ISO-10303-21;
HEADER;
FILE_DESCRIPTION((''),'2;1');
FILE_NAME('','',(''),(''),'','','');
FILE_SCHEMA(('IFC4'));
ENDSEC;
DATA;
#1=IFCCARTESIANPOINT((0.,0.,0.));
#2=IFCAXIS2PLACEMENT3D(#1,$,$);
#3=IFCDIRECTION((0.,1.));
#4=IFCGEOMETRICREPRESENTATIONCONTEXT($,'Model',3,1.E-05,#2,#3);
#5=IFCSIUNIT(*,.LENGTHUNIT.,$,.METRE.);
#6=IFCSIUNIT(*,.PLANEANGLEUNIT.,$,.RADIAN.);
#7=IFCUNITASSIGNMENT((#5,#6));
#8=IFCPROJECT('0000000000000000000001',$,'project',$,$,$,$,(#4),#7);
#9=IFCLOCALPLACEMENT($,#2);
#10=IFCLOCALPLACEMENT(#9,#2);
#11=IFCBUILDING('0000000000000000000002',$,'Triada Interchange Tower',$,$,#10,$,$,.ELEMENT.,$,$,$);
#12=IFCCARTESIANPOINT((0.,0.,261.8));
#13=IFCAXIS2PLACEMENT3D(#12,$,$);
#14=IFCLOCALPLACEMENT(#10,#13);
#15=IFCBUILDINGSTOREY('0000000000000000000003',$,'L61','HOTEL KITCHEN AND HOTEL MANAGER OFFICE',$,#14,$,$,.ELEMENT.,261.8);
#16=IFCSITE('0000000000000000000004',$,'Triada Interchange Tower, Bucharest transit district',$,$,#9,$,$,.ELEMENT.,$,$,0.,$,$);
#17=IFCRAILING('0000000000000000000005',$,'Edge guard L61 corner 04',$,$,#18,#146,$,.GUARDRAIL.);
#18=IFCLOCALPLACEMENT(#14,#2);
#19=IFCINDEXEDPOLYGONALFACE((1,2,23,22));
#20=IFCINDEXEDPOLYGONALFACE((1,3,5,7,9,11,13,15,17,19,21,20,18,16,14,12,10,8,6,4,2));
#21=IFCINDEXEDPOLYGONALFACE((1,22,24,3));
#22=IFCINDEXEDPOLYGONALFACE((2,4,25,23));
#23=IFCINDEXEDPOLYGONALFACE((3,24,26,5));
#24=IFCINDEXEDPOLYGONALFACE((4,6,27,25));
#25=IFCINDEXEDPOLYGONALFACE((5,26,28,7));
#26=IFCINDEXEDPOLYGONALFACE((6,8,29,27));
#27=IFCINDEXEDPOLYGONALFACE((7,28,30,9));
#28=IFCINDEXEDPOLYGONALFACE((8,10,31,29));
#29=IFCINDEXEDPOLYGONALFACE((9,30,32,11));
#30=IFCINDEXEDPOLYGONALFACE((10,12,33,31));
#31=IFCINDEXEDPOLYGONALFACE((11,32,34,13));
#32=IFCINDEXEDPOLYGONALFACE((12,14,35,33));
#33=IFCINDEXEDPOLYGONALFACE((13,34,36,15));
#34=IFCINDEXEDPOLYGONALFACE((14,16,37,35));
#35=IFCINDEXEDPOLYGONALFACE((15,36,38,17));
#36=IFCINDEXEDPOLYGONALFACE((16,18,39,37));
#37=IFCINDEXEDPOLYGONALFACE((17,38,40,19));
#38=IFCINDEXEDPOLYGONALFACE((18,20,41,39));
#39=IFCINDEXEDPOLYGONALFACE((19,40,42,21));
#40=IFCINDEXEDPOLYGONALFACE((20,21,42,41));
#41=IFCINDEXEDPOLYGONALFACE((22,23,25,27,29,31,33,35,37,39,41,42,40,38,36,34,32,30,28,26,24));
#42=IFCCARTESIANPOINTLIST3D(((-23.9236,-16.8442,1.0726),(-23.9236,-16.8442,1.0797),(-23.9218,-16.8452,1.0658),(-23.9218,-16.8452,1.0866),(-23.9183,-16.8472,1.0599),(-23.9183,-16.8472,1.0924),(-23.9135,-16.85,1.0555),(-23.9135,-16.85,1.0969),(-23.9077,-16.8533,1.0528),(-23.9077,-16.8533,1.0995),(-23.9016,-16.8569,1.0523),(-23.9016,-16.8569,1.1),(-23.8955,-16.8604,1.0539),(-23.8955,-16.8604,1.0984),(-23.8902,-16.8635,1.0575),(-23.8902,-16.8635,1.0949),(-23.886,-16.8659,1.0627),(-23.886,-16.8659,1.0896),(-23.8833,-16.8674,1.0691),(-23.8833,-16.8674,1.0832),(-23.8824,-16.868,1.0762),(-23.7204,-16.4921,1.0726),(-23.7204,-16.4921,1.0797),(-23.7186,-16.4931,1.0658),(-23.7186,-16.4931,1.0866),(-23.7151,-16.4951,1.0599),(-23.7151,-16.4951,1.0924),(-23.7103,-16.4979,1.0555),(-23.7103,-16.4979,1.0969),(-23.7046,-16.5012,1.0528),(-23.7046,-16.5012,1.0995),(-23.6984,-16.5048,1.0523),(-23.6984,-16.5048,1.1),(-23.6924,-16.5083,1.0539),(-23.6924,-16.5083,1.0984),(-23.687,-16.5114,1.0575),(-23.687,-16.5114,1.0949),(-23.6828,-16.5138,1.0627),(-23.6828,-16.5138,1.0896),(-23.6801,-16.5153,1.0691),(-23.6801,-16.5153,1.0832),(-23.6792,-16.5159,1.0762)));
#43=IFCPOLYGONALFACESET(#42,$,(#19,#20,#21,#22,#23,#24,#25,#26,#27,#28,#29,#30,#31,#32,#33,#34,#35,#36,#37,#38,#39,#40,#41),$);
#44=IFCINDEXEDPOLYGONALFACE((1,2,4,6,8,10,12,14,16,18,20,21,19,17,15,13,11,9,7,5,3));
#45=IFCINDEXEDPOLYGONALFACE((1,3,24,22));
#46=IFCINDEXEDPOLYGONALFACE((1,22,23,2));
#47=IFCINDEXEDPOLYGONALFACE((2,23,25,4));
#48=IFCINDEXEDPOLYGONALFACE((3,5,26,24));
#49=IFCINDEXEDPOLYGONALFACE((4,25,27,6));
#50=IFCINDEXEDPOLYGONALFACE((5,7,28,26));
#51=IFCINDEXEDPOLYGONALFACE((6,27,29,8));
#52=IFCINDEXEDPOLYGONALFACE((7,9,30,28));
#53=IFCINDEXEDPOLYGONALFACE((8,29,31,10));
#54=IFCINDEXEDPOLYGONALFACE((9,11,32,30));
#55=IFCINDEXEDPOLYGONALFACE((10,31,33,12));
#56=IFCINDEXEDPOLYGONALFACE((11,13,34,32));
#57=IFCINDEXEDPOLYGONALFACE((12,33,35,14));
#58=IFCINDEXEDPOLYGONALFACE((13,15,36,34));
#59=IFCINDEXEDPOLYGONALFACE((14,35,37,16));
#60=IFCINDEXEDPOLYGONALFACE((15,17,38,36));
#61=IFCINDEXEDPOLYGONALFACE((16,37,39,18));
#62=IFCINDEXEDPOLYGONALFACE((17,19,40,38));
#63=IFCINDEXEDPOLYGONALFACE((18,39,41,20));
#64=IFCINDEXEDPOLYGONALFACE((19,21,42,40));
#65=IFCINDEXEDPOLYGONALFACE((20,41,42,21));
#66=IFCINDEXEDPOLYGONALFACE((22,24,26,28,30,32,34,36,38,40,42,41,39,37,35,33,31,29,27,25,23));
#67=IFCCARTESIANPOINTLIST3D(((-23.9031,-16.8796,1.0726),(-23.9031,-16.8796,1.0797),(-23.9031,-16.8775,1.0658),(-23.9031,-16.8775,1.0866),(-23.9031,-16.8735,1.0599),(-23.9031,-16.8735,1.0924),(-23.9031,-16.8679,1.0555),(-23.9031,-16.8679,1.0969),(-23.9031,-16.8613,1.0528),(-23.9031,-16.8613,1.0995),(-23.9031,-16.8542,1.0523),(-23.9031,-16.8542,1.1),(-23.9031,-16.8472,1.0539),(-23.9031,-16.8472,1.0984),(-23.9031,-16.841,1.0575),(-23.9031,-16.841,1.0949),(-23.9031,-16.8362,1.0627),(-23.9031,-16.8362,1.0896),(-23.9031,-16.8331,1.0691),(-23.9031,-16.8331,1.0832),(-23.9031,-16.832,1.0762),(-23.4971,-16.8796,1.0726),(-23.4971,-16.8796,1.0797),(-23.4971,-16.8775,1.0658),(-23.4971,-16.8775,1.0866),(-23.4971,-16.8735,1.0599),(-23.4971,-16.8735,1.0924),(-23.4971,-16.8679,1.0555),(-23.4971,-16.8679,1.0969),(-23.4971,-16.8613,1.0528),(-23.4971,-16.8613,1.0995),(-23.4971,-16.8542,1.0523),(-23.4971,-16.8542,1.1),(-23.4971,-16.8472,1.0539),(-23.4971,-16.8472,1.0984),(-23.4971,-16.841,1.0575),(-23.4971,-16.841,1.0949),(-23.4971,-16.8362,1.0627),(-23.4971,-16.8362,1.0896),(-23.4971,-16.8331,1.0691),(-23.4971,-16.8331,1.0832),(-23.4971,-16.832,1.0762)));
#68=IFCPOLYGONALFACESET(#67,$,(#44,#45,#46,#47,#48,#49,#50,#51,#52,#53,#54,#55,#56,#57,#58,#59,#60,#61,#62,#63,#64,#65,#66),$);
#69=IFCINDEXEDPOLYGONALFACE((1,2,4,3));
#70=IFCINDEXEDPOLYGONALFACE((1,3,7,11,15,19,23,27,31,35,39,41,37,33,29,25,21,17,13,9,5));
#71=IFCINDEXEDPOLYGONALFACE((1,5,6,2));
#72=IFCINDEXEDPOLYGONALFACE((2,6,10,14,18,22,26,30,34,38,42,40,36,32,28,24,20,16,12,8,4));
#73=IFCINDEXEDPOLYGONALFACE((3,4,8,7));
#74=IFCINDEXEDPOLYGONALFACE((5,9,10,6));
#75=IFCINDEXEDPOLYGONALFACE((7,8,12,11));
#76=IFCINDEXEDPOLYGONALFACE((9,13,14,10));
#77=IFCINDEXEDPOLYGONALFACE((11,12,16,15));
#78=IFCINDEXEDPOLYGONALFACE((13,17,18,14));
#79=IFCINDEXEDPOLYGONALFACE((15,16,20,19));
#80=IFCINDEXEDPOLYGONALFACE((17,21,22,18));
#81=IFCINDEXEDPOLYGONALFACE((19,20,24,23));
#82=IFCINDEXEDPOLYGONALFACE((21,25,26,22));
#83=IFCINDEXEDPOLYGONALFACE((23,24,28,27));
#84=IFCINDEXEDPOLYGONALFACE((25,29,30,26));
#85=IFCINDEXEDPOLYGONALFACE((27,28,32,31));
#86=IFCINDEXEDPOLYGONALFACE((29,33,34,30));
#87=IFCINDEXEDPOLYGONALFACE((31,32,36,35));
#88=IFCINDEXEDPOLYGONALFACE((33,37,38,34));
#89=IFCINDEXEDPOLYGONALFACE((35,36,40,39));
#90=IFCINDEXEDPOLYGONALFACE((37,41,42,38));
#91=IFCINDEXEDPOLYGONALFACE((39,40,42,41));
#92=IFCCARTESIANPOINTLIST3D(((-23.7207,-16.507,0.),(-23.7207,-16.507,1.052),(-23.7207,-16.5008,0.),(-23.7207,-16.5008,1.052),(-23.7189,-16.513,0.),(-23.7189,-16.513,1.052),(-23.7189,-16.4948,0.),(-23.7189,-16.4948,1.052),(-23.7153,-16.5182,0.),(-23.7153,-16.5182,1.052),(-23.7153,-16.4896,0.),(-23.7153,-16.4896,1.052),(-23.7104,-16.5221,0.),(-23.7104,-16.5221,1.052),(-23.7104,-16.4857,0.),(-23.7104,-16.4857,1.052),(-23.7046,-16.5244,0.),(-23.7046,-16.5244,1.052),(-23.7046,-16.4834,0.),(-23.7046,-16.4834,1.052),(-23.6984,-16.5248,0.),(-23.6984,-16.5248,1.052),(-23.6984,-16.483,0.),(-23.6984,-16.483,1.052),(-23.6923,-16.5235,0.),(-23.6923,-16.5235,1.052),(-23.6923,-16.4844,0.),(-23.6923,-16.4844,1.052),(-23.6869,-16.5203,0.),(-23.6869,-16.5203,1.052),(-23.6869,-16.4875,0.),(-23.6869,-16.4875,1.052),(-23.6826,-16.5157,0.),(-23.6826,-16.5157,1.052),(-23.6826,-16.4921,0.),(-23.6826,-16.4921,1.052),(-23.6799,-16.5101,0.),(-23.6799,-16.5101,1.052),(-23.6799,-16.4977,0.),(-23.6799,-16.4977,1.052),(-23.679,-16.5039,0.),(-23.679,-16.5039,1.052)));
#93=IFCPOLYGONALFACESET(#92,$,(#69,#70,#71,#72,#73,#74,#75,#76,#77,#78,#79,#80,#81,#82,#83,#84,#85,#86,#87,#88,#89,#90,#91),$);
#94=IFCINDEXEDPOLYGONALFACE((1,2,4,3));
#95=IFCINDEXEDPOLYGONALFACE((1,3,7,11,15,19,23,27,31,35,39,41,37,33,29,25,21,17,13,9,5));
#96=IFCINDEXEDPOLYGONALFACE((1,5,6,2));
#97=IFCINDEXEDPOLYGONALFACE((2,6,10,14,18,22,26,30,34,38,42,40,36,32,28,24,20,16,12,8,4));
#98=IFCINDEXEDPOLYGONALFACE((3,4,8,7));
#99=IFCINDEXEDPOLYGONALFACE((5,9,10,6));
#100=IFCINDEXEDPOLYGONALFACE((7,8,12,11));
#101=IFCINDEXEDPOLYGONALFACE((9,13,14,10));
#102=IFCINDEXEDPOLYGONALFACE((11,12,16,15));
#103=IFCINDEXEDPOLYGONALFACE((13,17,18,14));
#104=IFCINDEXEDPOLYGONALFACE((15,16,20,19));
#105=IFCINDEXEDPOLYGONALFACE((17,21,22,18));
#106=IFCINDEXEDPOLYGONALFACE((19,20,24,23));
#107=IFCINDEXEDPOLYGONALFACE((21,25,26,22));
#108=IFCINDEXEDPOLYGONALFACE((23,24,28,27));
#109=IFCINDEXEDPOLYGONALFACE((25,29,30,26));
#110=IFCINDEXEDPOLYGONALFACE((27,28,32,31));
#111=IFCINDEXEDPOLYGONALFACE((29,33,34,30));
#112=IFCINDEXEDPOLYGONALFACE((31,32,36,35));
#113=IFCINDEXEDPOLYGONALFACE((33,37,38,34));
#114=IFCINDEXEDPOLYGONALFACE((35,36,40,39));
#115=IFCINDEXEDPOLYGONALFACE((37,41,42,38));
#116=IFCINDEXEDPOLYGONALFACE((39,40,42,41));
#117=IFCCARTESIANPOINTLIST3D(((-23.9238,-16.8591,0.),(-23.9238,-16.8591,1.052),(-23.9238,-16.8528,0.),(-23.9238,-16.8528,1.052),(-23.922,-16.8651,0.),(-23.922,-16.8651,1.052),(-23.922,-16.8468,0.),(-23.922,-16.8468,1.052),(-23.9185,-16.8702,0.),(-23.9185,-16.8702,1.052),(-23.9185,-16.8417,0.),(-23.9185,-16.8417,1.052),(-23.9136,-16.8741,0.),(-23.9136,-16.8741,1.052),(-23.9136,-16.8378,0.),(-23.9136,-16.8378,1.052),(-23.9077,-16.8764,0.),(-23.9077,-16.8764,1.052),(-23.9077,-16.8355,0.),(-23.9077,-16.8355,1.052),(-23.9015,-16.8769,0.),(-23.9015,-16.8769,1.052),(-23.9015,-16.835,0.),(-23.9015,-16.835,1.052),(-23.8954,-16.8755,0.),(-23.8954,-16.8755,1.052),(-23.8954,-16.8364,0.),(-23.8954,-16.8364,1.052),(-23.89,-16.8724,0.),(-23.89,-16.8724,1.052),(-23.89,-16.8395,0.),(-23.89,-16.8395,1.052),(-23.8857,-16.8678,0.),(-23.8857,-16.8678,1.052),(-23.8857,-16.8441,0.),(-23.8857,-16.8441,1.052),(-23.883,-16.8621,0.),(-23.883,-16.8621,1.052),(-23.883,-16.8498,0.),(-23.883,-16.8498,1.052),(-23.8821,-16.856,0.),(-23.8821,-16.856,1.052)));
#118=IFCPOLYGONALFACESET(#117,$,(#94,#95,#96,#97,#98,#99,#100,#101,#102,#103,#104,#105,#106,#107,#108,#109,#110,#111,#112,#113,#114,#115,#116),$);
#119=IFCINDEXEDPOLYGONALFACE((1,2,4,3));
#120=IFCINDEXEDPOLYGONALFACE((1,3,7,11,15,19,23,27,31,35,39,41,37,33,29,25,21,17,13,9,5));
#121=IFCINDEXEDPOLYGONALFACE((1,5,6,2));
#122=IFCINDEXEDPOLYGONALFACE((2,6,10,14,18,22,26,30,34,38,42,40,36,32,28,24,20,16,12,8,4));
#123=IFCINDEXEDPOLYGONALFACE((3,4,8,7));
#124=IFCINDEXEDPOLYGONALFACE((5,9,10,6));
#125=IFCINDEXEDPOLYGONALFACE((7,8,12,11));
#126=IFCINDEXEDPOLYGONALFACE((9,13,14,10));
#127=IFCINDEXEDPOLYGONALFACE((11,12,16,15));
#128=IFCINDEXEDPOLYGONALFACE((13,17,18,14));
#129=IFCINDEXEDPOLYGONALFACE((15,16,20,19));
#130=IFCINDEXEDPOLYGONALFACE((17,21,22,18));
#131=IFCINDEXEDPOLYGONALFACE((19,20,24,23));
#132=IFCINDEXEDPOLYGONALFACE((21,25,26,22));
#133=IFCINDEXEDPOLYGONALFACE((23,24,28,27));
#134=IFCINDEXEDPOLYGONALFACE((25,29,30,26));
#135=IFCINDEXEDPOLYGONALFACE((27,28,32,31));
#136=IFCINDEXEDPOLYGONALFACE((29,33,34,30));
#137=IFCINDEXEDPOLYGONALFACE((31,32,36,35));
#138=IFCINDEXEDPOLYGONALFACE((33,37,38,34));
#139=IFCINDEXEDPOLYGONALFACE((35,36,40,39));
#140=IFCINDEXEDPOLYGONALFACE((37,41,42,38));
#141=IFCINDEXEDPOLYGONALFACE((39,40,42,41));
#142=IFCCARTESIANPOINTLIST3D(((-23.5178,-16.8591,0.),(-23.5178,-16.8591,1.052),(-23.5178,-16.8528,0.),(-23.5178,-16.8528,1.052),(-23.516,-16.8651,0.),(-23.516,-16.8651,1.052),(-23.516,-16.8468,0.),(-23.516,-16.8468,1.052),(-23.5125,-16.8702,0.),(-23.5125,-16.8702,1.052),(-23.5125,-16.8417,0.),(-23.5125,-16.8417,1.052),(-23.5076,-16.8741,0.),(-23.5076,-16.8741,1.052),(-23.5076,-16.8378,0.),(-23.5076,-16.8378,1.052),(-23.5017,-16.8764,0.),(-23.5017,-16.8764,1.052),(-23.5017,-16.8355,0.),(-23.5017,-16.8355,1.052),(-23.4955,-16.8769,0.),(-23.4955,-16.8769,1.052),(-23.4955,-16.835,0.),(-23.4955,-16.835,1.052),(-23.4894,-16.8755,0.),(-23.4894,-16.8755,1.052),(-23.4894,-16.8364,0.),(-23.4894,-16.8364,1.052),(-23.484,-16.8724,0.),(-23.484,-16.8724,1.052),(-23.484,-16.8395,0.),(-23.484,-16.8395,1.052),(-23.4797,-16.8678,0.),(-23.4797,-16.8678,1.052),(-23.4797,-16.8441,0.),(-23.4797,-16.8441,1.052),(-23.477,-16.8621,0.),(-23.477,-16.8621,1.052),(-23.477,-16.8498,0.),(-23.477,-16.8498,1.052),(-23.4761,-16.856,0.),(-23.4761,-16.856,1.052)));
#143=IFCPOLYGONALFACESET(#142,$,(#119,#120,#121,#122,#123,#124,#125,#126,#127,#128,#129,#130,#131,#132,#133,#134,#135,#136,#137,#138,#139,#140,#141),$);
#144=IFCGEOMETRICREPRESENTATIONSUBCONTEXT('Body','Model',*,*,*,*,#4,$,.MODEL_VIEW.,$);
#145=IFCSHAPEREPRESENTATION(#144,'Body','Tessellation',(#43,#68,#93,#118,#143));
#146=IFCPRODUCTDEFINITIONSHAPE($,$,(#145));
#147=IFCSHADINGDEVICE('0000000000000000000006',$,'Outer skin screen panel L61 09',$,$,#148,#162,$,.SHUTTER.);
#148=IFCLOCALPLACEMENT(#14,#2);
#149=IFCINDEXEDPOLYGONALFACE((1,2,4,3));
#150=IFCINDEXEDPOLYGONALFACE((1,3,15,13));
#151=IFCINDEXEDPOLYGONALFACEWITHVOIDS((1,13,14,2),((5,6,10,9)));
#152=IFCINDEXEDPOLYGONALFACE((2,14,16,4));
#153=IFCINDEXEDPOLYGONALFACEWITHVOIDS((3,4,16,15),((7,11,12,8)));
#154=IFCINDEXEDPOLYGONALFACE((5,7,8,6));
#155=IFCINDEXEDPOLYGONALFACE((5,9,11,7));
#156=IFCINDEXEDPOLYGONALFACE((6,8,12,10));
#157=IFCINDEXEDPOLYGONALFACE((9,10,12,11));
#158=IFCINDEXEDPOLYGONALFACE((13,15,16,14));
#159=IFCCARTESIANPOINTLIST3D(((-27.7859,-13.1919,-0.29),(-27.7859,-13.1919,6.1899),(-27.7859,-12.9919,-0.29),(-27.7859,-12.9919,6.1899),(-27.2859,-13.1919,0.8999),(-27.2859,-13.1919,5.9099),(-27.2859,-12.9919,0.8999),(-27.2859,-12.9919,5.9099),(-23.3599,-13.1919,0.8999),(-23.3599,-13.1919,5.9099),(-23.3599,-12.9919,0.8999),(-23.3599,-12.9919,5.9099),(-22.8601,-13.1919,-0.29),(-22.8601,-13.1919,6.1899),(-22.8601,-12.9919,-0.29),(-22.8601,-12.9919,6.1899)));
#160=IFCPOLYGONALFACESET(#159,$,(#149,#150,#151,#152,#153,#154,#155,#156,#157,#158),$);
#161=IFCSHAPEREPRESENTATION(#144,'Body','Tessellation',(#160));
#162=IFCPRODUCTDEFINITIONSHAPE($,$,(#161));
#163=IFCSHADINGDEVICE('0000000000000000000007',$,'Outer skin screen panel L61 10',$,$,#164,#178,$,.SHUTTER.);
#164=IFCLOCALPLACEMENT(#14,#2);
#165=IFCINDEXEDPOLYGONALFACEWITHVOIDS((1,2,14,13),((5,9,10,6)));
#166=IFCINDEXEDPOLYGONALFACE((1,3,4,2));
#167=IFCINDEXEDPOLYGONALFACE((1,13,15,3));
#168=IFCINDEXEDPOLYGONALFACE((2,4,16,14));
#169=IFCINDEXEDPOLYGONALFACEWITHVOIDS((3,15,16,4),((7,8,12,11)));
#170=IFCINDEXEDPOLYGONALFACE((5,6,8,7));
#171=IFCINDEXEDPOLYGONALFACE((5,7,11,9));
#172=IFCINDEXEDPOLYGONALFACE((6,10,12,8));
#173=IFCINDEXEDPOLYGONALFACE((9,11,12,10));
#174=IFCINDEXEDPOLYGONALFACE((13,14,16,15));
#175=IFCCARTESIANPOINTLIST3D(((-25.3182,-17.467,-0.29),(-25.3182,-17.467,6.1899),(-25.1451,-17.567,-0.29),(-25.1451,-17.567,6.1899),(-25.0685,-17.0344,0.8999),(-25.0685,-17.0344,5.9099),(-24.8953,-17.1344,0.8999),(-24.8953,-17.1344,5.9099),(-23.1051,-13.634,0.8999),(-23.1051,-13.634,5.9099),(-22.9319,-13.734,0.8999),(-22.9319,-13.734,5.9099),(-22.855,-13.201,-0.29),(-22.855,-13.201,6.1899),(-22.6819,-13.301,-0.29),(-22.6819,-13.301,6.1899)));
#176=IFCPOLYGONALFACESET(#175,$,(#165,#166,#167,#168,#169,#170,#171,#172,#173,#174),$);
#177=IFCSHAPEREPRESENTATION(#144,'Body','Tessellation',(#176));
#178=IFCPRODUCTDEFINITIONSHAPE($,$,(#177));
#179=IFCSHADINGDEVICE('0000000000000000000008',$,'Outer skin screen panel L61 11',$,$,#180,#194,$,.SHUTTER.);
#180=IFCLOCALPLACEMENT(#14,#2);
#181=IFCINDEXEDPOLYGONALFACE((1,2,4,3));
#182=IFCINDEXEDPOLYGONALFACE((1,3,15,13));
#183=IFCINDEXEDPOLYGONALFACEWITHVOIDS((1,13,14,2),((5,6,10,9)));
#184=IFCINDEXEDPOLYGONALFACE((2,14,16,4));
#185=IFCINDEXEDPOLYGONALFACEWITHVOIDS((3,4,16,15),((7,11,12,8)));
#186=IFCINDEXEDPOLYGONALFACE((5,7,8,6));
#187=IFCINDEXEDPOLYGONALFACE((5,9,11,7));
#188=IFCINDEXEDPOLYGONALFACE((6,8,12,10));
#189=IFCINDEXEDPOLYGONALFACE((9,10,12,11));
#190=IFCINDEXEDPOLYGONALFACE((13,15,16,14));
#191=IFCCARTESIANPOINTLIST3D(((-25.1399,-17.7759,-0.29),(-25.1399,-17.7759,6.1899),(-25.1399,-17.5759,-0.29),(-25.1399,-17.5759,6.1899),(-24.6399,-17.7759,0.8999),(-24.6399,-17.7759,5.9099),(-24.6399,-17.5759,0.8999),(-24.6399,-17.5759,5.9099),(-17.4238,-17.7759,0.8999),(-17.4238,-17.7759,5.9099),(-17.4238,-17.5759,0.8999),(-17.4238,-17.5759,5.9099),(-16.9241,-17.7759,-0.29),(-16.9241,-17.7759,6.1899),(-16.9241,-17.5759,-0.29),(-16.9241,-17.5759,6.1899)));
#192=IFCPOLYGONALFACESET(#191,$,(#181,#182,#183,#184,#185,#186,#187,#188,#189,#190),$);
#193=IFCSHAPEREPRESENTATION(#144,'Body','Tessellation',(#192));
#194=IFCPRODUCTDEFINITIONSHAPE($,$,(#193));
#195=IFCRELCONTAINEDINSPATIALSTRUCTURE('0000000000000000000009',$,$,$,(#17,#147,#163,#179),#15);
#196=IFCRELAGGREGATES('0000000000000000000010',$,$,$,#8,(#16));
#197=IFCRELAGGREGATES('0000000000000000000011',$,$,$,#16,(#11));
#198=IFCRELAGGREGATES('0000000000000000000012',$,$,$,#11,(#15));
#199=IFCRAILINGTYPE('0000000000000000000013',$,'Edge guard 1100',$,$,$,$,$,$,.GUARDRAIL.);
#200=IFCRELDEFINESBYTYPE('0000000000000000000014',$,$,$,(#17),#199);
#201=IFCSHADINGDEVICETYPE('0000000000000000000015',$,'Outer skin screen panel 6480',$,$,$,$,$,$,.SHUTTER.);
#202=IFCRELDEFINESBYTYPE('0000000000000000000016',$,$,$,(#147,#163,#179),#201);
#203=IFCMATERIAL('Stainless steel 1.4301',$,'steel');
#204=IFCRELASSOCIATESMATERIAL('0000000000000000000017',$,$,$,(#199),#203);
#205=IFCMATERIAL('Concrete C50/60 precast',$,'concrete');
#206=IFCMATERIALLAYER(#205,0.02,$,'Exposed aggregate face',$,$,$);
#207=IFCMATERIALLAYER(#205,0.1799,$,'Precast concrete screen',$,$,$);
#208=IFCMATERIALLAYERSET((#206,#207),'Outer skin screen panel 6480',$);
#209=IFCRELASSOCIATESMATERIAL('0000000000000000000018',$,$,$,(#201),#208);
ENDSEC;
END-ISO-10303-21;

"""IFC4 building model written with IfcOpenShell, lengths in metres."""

from ifc_helpers import new_model, si_unit, direction, frame, origin, origin_2d, place, context, subcontext, project, spatial, polyline, circle, outline, extrude, material, layer, layer_set, type_object, element, save


model = new_model("IFC4")

# Units and contexts
model_context = context("Model", 3, precision=1e-05, world=origin(), true_north=direction((0.0, 1.0)))
body_context = subcontext(model_context, "Body", "Model", "MODEL_VIEW")
ifc_project = project(units=[si_unit("LENGTHUNIT", "METRE"), si_unit("PLANEANGLEUNIT", "RADIAN")], contexts=[model_context])

# Site, building, storey
site_placement = place(None, origin())
site = spatial("IfcSite", under=ifc_project, at=site_placement, Name="Triada Interchange Tower, Bucharest transit district", CompositionType="ELEMENT", RefElevation=0.0)
building_placement = place(site_placement, origin())
building = spatial("IfcBuilding", under=site, at=building_placement, Name="Triada Interchange Tower", CompositionType="ELEMENT")
storey_placement = place(building_placement, frame((0.0, 0.0, 261.8)))
storey = spatial("IfcBuildingStorey", under=building, at=storey_placement, Name="L61", Description="HOTEL KITCHEN AND HOTEL MANAGER OFFICE", CompositionType="ELEMENT", Elevation=261.8)

# Railing
ifc_material_1 = material(Name="Stainless steel 1.4301", Category="steel")
railing_type = type_object("IfcRailingType", Name="Edge guard 1100", PredefinedType="GUARDRAIL", material=ifc_material_1)
railing_1_placement = place(storey_placement, frame((-23.7, -16.5039, 0.0)))
element("IfcRailing", 1, at=railing_1_placement, inside=storey, type_object=railing_type, Name="Edge guard L61 corner 04", PredefinedType="GUARDRAIL", context=body_context, shape_type="SweptSolid", body=[
    extrude(circle(Radius=0.0239, at=origin_2d()), frame((0.0, 0.0, 1.0762), z_axis=(-0.499757, -0.866166, 0.0), x_axis=(0.866166, -0.499757, 0.0)), (0.0, 0.0, 1.0), 0.4065),
    extrude(circle(Radius=0.0239, at=origin_2d()), frame((-0.2031, -0.3521, 1.0762), z_axis=(1.0, 0.0, 0.0), x_axis=(0.0, 1.0, 0.0)), (0.0, 0.0, 1.0), 0.406),
    extrude(circle(Radius=0.021, at=origin_2d()), origin(), (0.0, 0.0, 1.0), 1.052),
    extrude(circle(Radius=0.021, at=origin_2d()), frame((-0.2031, -0.3521, 0.0)), (0.0, 0.0, 1.0), 1.052),
    extrude(circle(Radius=0.021, at=origin_2d()), frame((0.2029, -0.3521, 0.0)), (0.0, 0.0, 1.0), 1.052),
])

# Shading devices
ifc_material_2 = material(Name="Concrete C50/60 precast", Category="concrete")
ifc_layer_1 = layer(ifc_material_2, 0.02, Name="Exposed aggregate face")
ifc_layer_2 = layer(ifc_material_2, 0.1799, Name="Precast concrete screen")
ifc_layer_set_1 = layer_set([ifc_layer_1, ifc_layer_2], Name="Outer skin screen panel 6480")
shading_device_type = type_object("IfcShadingDeviceType", Name="Outer skin screen panel 6480", PredefinedType="SHUTTER", material=ifc_layer_set_1)
shading_device_1_placement = place(storey_placement, frame((-27.7859, -12.9919, -0.29), z_axis=(0.0, 0.0, 1.0), x_axis=(1.0, 0.0, 0.0)))
element("IfcShadingDevice", 2, at=shading_device_1_placement, inside=storey, type_object=shading_device_type, Name="Outer skin screen panel L61 09", PredefinedType="SHUTTER", context=body_context, shape_type="SweptSolid", body=[
    extrude(outline(polyline([(0.0, 0.0), (4.9258, 0.0), (4.9258, 6.48), (0.0, 6.48), (0.0, 0.0)]), holes=[polyline([(0.5, 1.1899), (0.5, 6.2), (4.426, 6.2), (4.426, 1.1899), (0.5, 1.1899)])]), frame((0.0, 0.0, 0.0), z_axis=(0.0, -1.0, 0.0), x_axis=(1.0, 0.0, 0.0)), (0.0, 0.0, 1.0), 0.2),
])
shading_device_2_placement = place(storey_placement, frame((-22.6819, -13.301, -0.29), z_axis=(0.0, 0.0, 1.0), x_axis=(-0.500036, -0.866005, 0.0)))
element("IfcShadingDevice", 3, at=shading_device_2_placement, inside=storey, type_object=shading_device_type, Name="Outer skin screen panel L61 10", PredefinedType="SHUTTER", context=body_context, shape_type="SweptSolid", body=[
    extrude(outline(polyline([(0.0, 0.0), (4.926, 0.0), (4.926, 6.48), (0.0, 6.48), (0.0, 0.0)]), holes=[polyline([(0.5, 1.1899), (0.5, 6.2), (4.4265, 6.2), (4.4265, 1.1899), (0.5, 1.1899)])]), frame((0.0, 0.0, 0.0), z_axis=(0.0, -1.0, 0.0), x_axis=(1.0, 0.0, 0.0)), (0.0, 0.0, 1.0), 0.2),
])
shading_device_3_placement = place(storey_placement, frame((-25.1399, -17.5759, -0.29), z_axis=(0.0, 0.0, 1.0), x_axis=(1.0, 0.0, 0.0)))
element("IfcShadingDevice", 4, at=shading_device_3_placement, inside=storey, type_object=shading_device_type, Name="Outer skin screen panel L61 11", PredefinedType="SHUTTER", context=body_context, shape_type="SweptSolid", body=[
    extrude(outline(polyline([(0.0, 0.0), (8.2158, 0.0), (8.2158, 6.48), (0.0, 6.48), (0.0, 0.0)]), holes=[polyline([(0.5, 1.1899), (0.5, 6.2), (7.7161, 6.2), (7.7161, 1.1899), (0.5, 1.1899)])]), frame((0.0, 0.0, 0.0), z_axis=(0.0, -1.0, 0.0), x_axis=(1.0, 0.0, 0.0)), (0.0, 0.0, 1.0), 0.2),
])

save(model, "model.ifc")
